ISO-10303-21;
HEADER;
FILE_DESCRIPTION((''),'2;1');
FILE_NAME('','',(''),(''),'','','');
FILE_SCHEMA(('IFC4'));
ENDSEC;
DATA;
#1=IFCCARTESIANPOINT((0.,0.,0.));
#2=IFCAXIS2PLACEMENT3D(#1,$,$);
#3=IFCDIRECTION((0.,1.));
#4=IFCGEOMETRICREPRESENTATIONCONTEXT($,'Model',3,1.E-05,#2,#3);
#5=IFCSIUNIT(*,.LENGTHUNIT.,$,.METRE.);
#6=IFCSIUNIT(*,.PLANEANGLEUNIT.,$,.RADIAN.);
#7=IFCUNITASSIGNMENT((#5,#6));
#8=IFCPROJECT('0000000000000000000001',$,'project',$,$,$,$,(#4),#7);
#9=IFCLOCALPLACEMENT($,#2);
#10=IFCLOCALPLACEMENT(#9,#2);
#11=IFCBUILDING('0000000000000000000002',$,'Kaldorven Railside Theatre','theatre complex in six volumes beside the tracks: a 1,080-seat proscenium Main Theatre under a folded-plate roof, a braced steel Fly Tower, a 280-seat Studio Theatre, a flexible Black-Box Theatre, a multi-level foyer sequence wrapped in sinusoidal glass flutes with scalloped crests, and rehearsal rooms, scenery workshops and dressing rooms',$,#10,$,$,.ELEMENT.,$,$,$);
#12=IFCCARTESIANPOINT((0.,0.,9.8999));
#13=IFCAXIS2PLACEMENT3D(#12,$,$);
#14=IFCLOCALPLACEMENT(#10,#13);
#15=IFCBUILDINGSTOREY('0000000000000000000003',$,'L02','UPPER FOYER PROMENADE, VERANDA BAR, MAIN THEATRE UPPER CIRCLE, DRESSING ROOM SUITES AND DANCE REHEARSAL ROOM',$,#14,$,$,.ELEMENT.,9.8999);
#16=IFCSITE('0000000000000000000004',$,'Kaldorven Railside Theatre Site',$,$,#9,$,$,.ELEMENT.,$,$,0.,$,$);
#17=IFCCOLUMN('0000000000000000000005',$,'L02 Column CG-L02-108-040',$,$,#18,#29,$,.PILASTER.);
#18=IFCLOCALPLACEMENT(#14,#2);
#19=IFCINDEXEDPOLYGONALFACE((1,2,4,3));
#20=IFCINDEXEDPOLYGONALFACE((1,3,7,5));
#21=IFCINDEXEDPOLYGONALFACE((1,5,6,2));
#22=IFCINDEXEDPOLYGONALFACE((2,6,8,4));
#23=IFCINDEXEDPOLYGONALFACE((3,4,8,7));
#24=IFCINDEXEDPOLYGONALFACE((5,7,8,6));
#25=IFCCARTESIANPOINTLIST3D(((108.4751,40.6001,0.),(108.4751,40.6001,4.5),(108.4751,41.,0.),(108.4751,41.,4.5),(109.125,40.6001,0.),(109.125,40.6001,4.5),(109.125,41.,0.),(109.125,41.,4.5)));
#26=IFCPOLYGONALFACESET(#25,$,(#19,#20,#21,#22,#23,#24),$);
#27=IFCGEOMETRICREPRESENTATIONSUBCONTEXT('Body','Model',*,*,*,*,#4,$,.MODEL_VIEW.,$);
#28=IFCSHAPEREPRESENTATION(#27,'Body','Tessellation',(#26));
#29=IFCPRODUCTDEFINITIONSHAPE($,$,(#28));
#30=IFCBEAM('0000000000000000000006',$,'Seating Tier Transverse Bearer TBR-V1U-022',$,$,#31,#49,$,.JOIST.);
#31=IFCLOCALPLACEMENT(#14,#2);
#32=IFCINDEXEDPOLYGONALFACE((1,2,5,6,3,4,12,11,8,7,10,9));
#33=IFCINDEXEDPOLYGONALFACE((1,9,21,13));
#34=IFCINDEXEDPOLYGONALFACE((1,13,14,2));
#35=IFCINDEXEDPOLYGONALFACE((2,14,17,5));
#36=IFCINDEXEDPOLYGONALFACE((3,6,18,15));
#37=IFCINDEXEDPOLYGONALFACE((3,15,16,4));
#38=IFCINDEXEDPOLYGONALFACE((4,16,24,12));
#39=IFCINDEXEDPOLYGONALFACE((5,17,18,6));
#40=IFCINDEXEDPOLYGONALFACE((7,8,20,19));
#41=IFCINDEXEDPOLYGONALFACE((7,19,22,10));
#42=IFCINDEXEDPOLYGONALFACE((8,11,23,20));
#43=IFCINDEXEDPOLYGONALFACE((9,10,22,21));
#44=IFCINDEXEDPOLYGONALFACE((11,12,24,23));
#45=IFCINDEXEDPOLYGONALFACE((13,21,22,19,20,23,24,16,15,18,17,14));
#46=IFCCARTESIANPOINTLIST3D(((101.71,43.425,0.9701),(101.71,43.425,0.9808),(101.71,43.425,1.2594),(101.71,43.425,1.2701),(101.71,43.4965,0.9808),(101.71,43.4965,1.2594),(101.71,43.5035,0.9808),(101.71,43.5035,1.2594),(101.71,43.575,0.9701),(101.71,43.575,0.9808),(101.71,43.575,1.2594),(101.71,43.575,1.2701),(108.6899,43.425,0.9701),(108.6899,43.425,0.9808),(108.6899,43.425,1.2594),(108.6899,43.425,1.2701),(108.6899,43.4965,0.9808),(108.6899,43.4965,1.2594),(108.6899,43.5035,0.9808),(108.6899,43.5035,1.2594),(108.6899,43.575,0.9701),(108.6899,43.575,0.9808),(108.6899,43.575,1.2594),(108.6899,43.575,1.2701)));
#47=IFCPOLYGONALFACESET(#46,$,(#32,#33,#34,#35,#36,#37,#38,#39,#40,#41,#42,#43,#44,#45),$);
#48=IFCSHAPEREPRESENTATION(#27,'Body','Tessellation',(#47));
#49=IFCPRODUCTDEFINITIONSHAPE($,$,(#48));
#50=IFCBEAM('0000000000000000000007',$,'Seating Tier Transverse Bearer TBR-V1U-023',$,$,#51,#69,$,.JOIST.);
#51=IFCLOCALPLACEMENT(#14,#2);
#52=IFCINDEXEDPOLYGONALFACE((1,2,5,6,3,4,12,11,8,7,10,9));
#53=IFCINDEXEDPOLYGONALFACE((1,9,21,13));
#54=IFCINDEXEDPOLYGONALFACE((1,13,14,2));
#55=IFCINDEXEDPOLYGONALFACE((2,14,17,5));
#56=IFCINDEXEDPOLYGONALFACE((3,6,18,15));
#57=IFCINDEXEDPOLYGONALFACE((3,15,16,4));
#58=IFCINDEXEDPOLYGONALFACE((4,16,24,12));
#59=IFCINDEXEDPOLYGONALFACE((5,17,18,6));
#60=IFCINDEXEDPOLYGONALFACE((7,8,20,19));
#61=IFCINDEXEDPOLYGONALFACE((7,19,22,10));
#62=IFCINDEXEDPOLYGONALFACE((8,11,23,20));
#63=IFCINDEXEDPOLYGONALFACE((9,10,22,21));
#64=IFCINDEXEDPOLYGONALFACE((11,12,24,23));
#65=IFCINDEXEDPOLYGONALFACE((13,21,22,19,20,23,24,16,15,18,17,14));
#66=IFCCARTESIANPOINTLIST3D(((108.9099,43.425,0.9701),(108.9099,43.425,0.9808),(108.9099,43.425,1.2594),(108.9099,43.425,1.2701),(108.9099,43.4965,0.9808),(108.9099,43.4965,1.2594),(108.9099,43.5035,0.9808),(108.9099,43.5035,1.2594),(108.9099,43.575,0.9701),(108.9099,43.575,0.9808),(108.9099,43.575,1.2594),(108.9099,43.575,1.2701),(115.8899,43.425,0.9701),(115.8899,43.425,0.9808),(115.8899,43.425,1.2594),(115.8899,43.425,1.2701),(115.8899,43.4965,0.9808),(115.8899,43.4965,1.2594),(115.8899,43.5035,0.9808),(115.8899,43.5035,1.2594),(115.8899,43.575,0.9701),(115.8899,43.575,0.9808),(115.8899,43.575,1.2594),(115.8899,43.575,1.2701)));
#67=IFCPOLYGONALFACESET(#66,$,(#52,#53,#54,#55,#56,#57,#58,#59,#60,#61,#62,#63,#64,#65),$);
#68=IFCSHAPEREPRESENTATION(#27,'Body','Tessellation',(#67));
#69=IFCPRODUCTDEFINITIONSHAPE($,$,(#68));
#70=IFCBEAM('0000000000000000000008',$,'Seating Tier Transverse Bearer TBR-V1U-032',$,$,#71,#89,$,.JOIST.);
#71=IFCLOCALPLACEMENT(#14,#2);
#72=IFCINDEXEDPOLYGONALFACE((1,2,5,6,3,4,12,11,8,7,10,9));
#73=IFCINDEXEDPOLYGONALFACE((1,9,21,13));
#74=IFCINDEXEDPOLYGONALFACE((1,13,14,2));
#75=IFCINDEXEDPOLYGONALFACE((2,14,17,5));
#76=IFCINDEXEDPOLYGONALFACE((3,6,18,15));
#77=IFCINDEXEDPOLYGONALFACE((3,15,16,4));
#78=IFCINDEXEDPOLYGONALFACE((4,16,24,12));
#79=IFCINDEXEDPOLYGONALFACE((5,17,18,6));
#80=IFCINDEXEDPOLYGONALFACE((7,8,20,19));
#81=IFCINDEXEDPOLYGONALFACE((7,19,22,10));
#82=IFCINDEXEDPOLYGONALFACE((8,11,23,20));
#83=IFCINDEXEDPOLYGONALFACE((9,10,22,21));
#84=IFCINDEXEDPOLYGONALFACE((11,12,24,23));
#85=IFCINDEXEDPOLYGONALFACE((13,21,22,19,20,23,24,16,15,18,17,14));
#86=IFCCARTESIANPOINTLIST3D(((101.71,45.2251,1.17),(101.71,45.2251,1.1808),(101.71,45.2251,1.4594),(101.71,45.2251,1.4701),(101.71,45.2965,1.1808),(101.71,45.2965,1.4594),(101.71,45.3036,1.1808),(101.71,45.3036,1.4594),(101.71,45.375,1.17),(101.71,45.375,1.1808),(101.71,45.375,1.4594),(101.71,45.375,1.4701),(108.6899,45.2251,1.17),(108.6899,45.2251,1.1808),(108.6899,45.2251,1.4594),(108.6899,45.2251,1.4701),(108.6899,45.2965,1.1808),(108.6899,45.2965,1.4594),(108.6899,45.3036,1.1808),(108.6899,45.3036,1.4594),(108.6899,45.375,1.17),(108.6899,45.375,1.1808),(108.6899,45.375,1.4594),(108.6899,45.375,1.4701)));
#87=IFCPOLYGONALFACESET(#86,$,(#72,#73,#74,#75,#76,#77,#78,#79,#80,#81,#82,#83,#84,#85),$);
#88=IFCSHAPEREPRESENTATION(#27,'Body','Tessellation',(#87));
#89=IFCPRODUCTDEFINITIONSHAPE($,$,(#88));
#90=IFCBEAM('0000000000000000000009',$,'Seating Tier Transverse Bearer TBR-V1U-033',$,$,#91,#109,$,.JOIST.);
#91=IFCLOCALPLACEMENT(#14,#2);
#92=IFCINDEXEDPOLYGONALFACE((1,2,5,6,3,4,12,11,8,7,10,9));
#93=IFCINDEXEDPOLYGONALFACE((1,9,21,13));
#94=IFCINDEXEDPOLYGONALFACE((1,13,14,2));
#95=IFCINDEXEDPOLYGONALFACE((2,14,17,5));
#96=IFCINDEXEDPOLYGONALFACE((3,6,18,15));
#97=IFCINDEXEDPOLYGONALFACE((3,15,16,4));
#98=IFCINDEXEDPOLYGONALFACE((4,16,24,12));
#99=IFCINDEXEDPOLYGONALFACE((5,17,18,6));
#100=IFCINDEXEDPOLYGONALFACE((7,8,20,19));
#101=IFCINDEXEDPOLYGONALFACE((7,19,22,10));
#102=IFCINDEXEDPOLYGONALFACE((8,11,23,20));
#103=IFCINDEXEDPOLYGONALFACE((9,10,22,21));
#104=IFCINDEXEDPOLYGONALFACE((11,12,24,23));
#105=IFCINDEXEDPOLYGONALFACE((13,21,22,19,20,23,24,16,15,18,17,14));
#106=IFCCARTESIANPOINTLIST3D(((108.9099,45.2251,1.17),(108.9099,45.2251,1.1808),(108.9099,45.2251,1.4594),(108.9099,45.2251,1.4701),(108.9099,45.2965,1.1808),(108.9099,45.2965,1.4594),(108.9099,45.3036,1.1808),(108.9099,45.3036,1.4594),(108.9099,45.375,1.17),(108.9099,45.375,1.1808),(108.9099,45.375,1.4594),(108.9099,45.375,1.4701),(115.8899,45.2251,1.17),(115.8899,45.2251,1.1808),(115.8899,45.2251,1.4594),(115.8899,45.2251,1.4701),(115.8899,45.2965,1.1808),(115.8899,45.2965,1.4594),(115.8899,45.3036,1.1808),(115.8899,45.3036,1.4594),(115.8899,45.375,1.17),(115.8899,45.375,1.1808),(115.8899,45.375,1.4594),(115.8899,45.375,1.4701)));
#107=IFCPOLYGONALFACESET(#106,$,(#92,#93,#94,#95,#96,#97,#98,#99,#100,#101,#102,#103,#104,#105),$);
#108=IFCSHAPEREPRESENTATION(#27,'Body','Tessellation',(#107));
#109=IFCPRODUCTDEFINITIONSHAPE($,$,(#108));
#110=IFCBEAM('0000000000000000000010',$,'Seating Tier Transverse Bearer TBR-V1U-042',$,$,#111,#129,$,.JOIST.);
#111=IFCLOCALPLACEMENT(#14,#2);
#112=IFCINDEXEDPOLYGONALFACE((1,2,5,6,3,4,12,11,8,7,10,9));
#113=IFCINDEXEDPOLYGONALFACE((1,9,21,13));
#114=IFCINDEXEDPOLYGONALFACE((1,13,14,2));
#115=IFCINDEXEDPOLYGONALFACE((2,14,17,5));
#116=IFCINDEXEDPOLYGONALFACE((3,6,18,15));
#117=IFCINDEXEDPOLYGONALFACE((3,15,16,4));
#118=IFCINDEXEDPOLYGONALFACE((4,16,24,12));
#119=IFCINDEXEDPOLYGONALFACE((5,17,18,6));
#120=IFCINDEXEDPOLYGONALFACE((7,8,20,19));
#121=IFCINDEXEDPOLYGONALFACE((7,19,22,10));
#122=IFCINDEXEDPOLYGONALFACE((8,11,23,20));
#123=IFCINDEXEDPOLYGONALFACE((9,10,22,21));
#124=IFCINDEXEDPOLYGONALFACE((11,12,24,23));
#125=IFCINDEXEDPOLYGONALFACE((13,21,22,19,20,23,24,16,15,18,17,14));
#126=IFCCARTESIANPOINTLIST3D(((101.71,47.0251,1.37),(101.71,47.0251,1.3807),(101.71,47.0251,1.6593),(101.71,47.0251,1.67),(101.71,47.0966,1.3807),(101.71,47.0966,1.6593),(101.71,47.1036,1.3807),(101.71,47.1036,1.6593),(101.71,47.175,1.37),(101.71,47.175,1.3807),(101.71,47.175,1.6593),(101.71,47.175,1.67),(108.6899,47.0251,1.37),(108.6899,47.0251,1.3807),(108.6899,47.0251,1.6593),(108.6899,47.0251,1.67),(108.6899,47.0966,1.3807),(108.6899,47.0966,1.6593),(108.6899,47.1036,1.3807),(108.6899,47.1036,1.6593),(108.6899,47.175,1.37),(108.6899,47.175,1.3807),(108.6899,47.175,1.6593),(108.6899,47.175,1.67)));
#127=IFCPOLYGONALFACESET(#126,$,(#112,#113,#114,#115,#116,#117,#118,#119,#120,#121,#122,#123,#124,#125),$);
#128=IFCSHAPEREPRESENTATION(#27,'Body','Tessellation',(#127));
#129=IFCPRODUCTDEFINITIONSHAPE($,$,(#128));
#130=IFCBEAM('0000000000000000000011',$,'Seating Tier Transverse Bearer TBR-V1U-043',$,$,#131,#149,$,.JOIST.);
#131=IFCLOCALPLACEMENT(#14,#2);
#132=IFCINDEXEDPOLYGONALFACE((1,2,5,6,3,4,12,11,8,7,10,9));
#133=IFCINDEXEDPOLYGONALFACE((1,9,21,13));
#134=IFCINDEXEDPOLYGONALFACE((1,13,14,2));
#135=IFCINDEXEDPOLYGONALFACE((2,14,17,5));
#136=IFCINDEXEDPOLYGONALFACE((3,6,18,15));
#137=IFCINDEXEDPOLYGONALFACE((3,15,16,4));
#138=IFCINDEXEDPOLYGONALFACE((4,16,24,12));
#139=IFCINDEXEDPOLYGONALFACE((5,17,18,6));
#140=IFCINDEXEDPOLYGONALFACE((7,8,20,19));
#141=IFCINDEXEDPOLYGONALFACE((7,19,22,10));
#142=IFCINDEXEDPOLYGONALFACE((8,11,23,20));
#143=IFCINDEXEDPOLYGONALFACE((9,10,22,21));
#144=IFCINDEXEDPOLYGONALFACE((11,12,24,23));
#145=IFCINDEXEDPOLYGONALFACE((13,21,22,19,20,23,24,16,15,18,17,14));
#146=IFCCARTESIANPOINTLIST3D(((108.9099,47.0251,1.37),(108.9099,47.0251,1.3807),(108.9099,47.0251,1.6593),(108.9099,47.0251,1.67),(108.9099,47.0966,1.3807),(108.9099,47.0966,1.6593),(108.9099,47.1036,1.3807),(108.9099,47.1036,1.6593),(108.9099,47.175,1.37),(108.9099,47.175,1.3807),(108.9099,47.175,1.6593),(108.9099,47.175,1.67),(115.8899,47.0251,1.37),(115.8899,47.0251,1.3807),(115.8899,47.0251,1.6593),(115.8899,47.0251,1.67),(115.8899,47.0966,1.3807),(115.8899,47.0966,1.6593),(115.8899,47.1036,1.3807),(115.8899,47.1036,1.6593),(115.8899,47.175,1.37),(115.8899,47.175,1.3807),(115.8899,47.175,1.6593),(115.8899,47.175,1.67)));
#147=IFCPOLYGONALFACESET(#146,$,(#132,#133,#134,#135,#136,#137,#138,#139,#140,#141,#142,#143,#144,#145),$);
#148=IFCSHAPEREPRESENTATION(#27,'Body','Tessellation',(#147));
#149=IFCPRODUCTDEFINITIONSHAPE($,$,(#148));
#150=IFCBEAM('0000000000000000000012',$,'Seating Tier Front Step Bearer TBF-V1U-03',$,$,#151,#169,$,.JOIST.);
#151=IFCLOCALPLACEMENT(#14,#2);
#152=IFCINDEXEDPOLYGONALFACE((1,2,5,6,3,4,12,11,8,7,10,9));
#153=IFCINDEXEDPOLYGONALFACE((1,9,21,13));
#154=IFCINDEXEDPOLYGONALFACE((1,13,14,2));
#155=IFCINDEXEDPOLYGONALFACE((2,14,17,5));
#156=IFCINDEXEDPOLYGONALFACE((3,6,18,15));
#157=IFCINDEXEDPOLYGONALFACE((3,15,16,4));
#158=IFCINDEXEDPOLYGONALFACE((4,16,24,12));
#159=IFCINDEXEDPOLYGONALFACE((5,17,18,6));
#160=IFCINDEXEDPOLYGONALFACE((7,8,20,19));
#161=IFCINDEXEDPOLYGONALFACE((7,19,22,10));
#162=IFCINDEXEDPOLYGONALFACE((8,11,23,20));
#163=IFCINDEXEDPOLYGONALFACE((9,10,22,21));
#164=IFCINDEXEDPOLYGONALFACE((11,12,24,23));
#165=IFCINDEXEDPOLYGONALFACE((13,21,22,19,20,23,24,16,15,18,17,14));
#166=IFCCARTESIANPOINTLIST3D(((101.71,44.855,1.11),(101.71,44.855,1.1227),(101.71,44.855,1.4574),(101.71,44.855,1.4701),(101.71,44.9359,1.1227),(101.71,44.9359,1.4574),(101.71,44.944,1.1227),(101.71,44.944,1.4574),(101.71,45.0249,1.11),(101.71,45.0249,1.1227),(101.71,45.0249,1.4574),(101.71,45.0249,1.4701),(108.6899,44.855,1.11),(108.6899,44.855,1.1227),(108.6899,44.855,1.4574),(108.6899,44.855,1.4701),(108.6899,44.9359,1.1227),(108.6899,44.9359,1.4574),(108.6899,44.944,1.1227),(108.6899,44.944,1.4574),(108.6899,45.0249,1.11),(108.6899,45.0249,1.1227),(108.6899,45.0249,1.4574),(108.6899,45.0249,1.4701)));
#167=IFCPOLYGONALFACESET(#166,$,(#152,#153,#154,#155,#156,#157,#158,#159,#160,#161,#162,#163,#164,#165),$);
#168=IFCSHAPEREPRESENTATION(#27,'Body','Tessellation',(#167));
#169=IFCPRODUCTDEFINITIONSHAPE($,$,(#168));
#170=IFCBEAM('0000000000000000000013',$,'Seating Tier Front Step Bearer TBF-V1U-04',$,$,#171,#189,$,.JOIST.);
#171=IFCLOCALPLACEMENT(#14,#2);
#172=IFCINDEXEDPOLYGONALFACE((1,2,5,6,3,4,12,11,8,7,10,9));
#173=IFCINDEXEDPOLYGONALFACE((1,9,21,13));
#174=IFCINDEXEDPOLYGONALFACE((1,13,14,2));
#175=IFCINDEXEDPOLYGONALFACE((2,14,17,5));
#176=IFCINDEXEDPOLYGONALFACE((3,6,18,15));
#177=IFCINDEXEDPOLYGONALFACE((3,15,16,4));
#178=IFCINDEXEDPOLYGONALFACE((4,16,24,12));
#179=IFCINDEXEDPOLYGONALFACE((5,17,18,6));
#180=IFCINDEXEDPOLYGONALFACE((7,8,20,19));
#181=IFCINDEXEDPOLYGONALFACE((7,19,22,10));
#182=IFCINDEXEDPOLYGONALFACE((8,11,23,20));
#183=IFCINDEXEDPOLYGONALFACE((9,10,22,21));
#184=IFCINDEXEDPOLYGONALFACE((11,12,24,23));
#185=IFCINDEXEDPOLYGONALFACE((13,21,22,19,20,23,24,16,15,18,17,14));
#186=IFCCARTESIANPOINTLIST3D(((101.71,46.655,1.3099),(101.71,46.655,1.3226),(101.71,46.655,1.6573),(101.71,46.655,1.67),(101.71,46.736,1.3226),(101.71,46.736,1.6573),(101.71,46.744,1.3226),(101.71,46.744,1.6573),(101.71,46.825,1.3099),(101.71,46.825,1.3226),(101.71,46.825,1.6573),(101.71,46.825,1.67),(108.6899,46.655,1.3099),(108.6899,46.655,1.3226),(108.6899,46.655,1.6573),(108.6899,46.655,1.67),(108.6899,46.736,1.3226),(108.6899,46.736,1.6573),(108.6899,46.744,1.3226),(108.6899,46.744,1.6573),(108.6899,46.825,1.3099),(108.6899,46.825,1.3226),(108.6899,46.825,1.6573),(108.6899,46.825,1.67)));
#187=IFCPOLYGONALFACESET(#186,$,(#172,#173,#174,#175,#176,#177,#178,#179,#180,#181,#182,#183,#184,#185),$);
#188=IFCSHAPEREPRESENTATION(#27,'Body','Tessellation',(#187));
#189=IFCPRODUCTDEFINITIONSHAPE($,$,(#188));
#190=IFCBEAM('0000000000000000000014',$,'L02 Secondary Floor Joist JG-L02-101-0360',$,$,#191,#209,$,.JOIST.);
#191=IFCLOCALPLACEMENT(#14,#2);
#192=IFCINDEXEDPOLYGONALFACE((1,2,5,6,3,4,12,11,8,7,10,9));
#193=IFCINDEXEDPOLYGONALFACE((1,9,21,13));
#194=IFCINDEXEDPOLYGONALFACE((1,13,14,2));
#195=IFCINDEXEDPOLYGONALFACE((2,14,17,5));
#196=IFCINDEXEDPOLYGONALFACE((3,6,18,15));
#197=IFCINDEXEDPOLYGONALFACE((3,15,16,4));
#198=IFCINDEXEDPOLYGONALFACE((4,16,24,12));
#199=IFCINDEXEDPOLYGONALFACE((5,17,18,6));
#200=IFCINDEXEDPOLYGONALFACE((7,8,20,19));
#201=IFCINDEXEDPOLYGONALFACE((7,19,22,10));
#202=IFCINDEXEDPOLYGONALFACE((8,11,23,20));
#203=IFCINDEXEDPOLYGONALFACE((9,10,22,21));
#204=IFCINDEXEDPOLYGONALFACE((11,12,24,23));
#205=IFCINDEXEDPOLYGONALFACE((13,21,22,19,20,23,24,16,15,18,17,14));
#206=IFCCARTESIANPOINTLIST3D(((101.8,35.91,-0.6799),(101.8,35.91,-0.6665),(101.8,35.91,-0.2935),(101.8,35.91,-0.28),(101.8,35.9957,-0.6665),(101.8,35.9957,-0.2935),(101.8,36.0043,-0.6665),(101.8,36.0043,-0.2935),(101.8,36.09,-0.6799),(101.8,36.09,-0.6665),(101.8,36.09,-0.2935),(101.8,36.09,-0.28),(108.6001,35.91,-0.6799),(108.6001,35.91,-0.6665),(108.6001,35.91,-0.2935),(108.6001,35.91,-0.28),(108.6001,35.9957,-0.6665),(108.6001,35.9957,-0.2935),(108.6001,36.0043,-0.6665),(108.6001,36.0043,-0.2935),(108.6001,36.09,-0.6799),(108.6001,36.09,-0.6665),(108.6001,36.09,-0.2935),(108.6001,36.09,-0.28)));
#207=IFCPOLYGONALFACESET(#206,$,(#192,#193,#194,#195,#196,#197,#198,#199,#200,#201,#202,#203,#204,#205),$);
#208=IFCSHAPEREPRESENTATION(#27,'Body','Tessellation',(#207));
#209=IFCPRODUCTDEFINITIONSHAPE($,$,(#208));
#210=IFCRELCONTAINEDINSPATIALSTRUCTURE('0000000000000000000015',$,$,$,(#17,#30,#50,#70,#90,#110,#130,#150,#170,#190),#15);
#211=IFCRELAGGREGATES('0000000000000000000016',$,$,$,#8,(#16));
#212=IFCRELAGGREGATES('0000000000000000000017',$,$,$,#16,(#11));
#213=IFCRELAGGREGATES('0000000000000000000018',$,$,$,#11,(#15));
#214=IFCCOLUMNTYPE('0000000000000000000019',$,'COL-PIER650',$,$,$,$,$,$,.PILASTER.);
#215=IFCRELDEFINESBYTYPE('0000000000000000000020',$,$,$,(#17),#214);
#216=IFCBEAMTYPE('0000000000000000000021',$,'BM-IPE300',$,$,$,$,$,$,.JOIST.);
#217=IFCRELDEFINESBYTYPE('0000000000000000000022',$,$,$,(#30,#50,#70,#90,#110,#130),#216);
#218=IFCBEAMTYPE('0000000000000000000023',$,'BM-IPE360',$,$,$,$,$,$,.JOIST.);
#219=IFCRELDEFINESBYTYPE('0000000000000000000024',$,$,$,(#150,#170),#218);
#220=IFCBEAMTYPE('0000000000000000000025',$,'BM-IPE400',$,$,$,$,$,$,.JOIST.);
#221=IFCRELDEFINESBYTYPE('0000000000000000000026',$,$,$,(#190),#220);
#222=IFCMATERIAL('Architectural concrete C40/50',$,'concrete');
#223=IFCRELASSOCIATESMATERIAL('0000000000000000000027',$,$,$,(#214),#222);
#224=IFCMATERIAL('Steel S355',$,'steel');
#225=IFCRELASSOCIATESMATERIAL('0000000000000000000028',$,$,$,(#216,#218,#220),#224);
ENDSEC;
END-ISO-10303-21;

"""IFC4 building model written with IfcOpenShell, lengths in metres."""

from ifc_helpers import new_model, si_unit, direction, frame, origin, origin_2d, place, context, subcontext, project, spatial, rectangle, i_section, extrude, material, material_profile, profile_set, type_object, element, save


model = new_model("IFC4")

# Units and contexts
model_context = context("Model", 3, precision=1e-05, world=origin(), true_north=direction((0.0, 1.0)))
body_context = subcontext(model_context, "Body", "Model", "MODEL_VIEW")
ifc_project = project(units=[si_unit("LENGTHUNIT", "METRE"), si_unit("PLANEANGLEUNIT", "RADIAN")], contexts=[model_context])

# Site, building, storey
site_placement = place(None, origin())
site = spatial("IfcSite", under=ifc_project, at=site_placement, Name="Kaldorven Railside Theatre Site", CompositionType="ELEMENT", RefElevation=0.0)
building_placement = place(site_placement, origin())
building = spatial("IfcBuilding", under=site, at=building_placement, Name="Kaldorven Railside Theatre", Description="theatre complex in six volumes beside the tracks: a 1,080-seat proscenium Main Theatre under a folded-plate roof, a braced steel Fly Tower, a 280-seat Studio Theatre, a flexible Black-Box Theatre, a multi-level foyer sequence wrapped in sinusoidal glass flutes with scalloped crests, and rehearsal rooms, scenery workshops and dressing rooms", CompositionType="ELEMENT")
storey_placement = place(building_placement, frame((0.0, 0.0, 9.8999)))
storey = spatial("IfcBuildingStorey", under=building, at=storey_placement, Name="L02", Description="UPPER FOYER PROMENADE, VERANDA BAR, MAIN THEATRE UPPER CIRCLE, DRESSING ROOM SUITES AND DANCE REHEARSAL ROOM", CompositionType="ELEMENT", Elevation=9.8999)

# Column
ifc_material_1 = material(Name="Architectural concrete C40/50", Category="concrete")
ifc_material_profile_1 = material_profile(ifc_material_1, rectangle(XDim=0.3999, YDim=0.6499, at=origin_2d()), Name="RC 400x650")
ifc_profile_set_1 = profile_set([ifc_material_profile_1], Name="Architectural concrete C40/50")
column_type = type_object("IfcColumnType", Name="COL-PIER650", PredefinedType="PILASTER", material=ifc_profile_set_1)
column_placement = place(storey_placement, frame((108.8, 40.8, 0.0), z_axis=(0.0, 0.0, 1.0), x_axis=(0.0, 1.0, 0.0)))
element("IfcColumn", 1, at=column_placement, inside=storey, type_object=column_type, Name="L02 Column CG-L02-108-040", PredefinedType="PILASTER", context=body_context, shape_type="SweptSolid", body=[
    extrude(rectangle(XDim=0.3999, YDim=0.6499, at=origin_2d()), origin(), (0.0, 0.0, 1.0), 4.5),
])

# Beams
ifc_material_2 = material(Name="Steel S355", Category="steel")
ifc_material_profile_2 = material_profile(ifc_material_2, i_section(OverallWidth=0.1499, OverallDepth=0.3, WebThickness=0.0071, FlangeThickness=0.0107, at=origin_2d()), Name="IPE 300")
ifc_profile_set_2 = profile_set([ifc_material_profile_2], Name="Steel S355")
beam_type_1 = type_object("IfcBeamType", Name="BM-IPE300", PredefinedType="JOIST", material=ifc_profile_set_2)
for number, where, z_axis, x_axis, name in (
    (2, (101.71, 43.5, 1.1201), (1.0, 0.0, 0.0), (0.0, 1.0, 0.0), "Seating Tier Transverse Bearer TBR-V1U-022"),
    (3, (108.9099, 43.5, 1.1201), (1.0, 0.0, 0.0), (0.0, 1.0, 0.0), "Seating Tier Transverse Bearer TBR-V1U-023"),
    (4, (101.71, 45.3, 1.3201), (1.0, 0.0, 0.0), (0.0, 1.0, 0.0), "Seating Tier Transverse Bearer TBR-V1U-032"),
    (5, (108.9099, 45.3, 1.3201), (1.0, 0.0, 0.0), (0.0, 1.0, 0.0), "Seating Tier Transverse Bearer TBR-V1U-033"),
    (6, (101.71, 47.1001, 1.52), (1.0, 0.0, 0.0), (0.0, 1.0, 0.0), "Seating Tier Transverse Bearer TBR-V1U-042"),
    (7, (108.9099, 47.1001, 1.52), (1.0, 0.0, 0.0), (0.0, 1.0, 0.0), "Seating Tier Transverse Bearer TBR-V1U-043"),
):
    element("IfcBeam", number, at=place(storey_placement, frame(where, z_axis=z_axis, x_axis=x_axis)), inside=storey, type_object=beam_type_1, Name=name, PredefinedType="JOIST", context=body_context, shape_type="SweptSolid", body=[
        extrude(i_section(OverallWidth=0.1499, OverallDepth=0.3, WebThickness=0.0071, FlangeThickness=0.0107, at=origin_2d()), origin(), (0.0, 0.0, 1.0), 6.98),
    ])
ifc_material_profile_3 = material_profile(ifc_material_2, i_section(OverallWidth=0.1699, OverallDepth=0.3601, WebThickness=0.0081, FlangeThickness=0.0127, at=origin_2d()), Name="IPE 360")
ifc_profile_set_3 = profile_set([ifc_material_profile_3], Name="Steel S355")
beam_type_2 = type_object("IfcBeamType", Name="BM-IPE360", PredefinedType="JOIST", material=ifc_profile_set_3)
for number, where, z_axis, x_axis, name in (
    (8, (101.71, 44.9399, 1.29), (1.0, 0.0, 0.0), (0.0, 1.0, 0.0), "Seating Tier Front Step Bearer TBF-V1U-03"),
    (9, (101.71, 46.74, 1.49), (1.0, 0.0, 0.0), (0.0, 1.0, 0.0), "Seating Tier Front Step Bearer TBF-V1U-04"),
):
    element("IfcBeam", number, at=place(storey_placement, frame(where, z_axis=z_axis, x_axis=x_axis)), inside=storey, type_object=beam_type_2, Name=name, PredefinedType="JOIST", context=body_context, shape_type="SweptSolid", body=[
        extrude(i_section(OverallWidth=0.1699, OverallDepth=0.3601, WebThickness=0.0081, FlangeThickness=0.0127, at=origin_2d()), origin(), (0.0, 0.0, 1.0), 6.98),
    ])
ifc_material_profile_4 = material_profile(ifc_material_2, i_section(OverallWidth=0.1799, OverallDepth=0.3999, WebThickness=0.0085, FlangeThickness=0.0134, at=origin_2d()), Name="IPE 400")
ifc_profile_set_4 = profile_set([ifc_material_profile_4], Name="Steel S355")
beam_type_3 = type_object("IfcBeamType", Name="BM-IPE400", PredefinedType="JOIST", material=ifc_profile_set_4)
for number, where, z_axis, x_axis, name in (
    (10, (101.8, 36.0, -0.48), (1.0, 0.0, 0.0), (0.0, 1.0, 0.0), "L02 Secondary Floor Joist JG-L02-101-0360"),
):
    element("IfcBeam", number, at=place(storey_placement, frame(where, z_axis=z_axis, x_axis=x_axis)), inside=storey, type_object=beam_type_3, Name=name, PredefinedType="JOIST", context=body_context, shape_type="SweptSolid", body=[
        extrude(i_section(OverallWidth=0.1799, OverallDepth=0.3999, WebThickness=0.0085, FlangeThickness=0.0134, at=origin_2d()), origin(), (0.0, 0.0, 1.0), 6.8),
    ])

save(model, "model.ifc")
